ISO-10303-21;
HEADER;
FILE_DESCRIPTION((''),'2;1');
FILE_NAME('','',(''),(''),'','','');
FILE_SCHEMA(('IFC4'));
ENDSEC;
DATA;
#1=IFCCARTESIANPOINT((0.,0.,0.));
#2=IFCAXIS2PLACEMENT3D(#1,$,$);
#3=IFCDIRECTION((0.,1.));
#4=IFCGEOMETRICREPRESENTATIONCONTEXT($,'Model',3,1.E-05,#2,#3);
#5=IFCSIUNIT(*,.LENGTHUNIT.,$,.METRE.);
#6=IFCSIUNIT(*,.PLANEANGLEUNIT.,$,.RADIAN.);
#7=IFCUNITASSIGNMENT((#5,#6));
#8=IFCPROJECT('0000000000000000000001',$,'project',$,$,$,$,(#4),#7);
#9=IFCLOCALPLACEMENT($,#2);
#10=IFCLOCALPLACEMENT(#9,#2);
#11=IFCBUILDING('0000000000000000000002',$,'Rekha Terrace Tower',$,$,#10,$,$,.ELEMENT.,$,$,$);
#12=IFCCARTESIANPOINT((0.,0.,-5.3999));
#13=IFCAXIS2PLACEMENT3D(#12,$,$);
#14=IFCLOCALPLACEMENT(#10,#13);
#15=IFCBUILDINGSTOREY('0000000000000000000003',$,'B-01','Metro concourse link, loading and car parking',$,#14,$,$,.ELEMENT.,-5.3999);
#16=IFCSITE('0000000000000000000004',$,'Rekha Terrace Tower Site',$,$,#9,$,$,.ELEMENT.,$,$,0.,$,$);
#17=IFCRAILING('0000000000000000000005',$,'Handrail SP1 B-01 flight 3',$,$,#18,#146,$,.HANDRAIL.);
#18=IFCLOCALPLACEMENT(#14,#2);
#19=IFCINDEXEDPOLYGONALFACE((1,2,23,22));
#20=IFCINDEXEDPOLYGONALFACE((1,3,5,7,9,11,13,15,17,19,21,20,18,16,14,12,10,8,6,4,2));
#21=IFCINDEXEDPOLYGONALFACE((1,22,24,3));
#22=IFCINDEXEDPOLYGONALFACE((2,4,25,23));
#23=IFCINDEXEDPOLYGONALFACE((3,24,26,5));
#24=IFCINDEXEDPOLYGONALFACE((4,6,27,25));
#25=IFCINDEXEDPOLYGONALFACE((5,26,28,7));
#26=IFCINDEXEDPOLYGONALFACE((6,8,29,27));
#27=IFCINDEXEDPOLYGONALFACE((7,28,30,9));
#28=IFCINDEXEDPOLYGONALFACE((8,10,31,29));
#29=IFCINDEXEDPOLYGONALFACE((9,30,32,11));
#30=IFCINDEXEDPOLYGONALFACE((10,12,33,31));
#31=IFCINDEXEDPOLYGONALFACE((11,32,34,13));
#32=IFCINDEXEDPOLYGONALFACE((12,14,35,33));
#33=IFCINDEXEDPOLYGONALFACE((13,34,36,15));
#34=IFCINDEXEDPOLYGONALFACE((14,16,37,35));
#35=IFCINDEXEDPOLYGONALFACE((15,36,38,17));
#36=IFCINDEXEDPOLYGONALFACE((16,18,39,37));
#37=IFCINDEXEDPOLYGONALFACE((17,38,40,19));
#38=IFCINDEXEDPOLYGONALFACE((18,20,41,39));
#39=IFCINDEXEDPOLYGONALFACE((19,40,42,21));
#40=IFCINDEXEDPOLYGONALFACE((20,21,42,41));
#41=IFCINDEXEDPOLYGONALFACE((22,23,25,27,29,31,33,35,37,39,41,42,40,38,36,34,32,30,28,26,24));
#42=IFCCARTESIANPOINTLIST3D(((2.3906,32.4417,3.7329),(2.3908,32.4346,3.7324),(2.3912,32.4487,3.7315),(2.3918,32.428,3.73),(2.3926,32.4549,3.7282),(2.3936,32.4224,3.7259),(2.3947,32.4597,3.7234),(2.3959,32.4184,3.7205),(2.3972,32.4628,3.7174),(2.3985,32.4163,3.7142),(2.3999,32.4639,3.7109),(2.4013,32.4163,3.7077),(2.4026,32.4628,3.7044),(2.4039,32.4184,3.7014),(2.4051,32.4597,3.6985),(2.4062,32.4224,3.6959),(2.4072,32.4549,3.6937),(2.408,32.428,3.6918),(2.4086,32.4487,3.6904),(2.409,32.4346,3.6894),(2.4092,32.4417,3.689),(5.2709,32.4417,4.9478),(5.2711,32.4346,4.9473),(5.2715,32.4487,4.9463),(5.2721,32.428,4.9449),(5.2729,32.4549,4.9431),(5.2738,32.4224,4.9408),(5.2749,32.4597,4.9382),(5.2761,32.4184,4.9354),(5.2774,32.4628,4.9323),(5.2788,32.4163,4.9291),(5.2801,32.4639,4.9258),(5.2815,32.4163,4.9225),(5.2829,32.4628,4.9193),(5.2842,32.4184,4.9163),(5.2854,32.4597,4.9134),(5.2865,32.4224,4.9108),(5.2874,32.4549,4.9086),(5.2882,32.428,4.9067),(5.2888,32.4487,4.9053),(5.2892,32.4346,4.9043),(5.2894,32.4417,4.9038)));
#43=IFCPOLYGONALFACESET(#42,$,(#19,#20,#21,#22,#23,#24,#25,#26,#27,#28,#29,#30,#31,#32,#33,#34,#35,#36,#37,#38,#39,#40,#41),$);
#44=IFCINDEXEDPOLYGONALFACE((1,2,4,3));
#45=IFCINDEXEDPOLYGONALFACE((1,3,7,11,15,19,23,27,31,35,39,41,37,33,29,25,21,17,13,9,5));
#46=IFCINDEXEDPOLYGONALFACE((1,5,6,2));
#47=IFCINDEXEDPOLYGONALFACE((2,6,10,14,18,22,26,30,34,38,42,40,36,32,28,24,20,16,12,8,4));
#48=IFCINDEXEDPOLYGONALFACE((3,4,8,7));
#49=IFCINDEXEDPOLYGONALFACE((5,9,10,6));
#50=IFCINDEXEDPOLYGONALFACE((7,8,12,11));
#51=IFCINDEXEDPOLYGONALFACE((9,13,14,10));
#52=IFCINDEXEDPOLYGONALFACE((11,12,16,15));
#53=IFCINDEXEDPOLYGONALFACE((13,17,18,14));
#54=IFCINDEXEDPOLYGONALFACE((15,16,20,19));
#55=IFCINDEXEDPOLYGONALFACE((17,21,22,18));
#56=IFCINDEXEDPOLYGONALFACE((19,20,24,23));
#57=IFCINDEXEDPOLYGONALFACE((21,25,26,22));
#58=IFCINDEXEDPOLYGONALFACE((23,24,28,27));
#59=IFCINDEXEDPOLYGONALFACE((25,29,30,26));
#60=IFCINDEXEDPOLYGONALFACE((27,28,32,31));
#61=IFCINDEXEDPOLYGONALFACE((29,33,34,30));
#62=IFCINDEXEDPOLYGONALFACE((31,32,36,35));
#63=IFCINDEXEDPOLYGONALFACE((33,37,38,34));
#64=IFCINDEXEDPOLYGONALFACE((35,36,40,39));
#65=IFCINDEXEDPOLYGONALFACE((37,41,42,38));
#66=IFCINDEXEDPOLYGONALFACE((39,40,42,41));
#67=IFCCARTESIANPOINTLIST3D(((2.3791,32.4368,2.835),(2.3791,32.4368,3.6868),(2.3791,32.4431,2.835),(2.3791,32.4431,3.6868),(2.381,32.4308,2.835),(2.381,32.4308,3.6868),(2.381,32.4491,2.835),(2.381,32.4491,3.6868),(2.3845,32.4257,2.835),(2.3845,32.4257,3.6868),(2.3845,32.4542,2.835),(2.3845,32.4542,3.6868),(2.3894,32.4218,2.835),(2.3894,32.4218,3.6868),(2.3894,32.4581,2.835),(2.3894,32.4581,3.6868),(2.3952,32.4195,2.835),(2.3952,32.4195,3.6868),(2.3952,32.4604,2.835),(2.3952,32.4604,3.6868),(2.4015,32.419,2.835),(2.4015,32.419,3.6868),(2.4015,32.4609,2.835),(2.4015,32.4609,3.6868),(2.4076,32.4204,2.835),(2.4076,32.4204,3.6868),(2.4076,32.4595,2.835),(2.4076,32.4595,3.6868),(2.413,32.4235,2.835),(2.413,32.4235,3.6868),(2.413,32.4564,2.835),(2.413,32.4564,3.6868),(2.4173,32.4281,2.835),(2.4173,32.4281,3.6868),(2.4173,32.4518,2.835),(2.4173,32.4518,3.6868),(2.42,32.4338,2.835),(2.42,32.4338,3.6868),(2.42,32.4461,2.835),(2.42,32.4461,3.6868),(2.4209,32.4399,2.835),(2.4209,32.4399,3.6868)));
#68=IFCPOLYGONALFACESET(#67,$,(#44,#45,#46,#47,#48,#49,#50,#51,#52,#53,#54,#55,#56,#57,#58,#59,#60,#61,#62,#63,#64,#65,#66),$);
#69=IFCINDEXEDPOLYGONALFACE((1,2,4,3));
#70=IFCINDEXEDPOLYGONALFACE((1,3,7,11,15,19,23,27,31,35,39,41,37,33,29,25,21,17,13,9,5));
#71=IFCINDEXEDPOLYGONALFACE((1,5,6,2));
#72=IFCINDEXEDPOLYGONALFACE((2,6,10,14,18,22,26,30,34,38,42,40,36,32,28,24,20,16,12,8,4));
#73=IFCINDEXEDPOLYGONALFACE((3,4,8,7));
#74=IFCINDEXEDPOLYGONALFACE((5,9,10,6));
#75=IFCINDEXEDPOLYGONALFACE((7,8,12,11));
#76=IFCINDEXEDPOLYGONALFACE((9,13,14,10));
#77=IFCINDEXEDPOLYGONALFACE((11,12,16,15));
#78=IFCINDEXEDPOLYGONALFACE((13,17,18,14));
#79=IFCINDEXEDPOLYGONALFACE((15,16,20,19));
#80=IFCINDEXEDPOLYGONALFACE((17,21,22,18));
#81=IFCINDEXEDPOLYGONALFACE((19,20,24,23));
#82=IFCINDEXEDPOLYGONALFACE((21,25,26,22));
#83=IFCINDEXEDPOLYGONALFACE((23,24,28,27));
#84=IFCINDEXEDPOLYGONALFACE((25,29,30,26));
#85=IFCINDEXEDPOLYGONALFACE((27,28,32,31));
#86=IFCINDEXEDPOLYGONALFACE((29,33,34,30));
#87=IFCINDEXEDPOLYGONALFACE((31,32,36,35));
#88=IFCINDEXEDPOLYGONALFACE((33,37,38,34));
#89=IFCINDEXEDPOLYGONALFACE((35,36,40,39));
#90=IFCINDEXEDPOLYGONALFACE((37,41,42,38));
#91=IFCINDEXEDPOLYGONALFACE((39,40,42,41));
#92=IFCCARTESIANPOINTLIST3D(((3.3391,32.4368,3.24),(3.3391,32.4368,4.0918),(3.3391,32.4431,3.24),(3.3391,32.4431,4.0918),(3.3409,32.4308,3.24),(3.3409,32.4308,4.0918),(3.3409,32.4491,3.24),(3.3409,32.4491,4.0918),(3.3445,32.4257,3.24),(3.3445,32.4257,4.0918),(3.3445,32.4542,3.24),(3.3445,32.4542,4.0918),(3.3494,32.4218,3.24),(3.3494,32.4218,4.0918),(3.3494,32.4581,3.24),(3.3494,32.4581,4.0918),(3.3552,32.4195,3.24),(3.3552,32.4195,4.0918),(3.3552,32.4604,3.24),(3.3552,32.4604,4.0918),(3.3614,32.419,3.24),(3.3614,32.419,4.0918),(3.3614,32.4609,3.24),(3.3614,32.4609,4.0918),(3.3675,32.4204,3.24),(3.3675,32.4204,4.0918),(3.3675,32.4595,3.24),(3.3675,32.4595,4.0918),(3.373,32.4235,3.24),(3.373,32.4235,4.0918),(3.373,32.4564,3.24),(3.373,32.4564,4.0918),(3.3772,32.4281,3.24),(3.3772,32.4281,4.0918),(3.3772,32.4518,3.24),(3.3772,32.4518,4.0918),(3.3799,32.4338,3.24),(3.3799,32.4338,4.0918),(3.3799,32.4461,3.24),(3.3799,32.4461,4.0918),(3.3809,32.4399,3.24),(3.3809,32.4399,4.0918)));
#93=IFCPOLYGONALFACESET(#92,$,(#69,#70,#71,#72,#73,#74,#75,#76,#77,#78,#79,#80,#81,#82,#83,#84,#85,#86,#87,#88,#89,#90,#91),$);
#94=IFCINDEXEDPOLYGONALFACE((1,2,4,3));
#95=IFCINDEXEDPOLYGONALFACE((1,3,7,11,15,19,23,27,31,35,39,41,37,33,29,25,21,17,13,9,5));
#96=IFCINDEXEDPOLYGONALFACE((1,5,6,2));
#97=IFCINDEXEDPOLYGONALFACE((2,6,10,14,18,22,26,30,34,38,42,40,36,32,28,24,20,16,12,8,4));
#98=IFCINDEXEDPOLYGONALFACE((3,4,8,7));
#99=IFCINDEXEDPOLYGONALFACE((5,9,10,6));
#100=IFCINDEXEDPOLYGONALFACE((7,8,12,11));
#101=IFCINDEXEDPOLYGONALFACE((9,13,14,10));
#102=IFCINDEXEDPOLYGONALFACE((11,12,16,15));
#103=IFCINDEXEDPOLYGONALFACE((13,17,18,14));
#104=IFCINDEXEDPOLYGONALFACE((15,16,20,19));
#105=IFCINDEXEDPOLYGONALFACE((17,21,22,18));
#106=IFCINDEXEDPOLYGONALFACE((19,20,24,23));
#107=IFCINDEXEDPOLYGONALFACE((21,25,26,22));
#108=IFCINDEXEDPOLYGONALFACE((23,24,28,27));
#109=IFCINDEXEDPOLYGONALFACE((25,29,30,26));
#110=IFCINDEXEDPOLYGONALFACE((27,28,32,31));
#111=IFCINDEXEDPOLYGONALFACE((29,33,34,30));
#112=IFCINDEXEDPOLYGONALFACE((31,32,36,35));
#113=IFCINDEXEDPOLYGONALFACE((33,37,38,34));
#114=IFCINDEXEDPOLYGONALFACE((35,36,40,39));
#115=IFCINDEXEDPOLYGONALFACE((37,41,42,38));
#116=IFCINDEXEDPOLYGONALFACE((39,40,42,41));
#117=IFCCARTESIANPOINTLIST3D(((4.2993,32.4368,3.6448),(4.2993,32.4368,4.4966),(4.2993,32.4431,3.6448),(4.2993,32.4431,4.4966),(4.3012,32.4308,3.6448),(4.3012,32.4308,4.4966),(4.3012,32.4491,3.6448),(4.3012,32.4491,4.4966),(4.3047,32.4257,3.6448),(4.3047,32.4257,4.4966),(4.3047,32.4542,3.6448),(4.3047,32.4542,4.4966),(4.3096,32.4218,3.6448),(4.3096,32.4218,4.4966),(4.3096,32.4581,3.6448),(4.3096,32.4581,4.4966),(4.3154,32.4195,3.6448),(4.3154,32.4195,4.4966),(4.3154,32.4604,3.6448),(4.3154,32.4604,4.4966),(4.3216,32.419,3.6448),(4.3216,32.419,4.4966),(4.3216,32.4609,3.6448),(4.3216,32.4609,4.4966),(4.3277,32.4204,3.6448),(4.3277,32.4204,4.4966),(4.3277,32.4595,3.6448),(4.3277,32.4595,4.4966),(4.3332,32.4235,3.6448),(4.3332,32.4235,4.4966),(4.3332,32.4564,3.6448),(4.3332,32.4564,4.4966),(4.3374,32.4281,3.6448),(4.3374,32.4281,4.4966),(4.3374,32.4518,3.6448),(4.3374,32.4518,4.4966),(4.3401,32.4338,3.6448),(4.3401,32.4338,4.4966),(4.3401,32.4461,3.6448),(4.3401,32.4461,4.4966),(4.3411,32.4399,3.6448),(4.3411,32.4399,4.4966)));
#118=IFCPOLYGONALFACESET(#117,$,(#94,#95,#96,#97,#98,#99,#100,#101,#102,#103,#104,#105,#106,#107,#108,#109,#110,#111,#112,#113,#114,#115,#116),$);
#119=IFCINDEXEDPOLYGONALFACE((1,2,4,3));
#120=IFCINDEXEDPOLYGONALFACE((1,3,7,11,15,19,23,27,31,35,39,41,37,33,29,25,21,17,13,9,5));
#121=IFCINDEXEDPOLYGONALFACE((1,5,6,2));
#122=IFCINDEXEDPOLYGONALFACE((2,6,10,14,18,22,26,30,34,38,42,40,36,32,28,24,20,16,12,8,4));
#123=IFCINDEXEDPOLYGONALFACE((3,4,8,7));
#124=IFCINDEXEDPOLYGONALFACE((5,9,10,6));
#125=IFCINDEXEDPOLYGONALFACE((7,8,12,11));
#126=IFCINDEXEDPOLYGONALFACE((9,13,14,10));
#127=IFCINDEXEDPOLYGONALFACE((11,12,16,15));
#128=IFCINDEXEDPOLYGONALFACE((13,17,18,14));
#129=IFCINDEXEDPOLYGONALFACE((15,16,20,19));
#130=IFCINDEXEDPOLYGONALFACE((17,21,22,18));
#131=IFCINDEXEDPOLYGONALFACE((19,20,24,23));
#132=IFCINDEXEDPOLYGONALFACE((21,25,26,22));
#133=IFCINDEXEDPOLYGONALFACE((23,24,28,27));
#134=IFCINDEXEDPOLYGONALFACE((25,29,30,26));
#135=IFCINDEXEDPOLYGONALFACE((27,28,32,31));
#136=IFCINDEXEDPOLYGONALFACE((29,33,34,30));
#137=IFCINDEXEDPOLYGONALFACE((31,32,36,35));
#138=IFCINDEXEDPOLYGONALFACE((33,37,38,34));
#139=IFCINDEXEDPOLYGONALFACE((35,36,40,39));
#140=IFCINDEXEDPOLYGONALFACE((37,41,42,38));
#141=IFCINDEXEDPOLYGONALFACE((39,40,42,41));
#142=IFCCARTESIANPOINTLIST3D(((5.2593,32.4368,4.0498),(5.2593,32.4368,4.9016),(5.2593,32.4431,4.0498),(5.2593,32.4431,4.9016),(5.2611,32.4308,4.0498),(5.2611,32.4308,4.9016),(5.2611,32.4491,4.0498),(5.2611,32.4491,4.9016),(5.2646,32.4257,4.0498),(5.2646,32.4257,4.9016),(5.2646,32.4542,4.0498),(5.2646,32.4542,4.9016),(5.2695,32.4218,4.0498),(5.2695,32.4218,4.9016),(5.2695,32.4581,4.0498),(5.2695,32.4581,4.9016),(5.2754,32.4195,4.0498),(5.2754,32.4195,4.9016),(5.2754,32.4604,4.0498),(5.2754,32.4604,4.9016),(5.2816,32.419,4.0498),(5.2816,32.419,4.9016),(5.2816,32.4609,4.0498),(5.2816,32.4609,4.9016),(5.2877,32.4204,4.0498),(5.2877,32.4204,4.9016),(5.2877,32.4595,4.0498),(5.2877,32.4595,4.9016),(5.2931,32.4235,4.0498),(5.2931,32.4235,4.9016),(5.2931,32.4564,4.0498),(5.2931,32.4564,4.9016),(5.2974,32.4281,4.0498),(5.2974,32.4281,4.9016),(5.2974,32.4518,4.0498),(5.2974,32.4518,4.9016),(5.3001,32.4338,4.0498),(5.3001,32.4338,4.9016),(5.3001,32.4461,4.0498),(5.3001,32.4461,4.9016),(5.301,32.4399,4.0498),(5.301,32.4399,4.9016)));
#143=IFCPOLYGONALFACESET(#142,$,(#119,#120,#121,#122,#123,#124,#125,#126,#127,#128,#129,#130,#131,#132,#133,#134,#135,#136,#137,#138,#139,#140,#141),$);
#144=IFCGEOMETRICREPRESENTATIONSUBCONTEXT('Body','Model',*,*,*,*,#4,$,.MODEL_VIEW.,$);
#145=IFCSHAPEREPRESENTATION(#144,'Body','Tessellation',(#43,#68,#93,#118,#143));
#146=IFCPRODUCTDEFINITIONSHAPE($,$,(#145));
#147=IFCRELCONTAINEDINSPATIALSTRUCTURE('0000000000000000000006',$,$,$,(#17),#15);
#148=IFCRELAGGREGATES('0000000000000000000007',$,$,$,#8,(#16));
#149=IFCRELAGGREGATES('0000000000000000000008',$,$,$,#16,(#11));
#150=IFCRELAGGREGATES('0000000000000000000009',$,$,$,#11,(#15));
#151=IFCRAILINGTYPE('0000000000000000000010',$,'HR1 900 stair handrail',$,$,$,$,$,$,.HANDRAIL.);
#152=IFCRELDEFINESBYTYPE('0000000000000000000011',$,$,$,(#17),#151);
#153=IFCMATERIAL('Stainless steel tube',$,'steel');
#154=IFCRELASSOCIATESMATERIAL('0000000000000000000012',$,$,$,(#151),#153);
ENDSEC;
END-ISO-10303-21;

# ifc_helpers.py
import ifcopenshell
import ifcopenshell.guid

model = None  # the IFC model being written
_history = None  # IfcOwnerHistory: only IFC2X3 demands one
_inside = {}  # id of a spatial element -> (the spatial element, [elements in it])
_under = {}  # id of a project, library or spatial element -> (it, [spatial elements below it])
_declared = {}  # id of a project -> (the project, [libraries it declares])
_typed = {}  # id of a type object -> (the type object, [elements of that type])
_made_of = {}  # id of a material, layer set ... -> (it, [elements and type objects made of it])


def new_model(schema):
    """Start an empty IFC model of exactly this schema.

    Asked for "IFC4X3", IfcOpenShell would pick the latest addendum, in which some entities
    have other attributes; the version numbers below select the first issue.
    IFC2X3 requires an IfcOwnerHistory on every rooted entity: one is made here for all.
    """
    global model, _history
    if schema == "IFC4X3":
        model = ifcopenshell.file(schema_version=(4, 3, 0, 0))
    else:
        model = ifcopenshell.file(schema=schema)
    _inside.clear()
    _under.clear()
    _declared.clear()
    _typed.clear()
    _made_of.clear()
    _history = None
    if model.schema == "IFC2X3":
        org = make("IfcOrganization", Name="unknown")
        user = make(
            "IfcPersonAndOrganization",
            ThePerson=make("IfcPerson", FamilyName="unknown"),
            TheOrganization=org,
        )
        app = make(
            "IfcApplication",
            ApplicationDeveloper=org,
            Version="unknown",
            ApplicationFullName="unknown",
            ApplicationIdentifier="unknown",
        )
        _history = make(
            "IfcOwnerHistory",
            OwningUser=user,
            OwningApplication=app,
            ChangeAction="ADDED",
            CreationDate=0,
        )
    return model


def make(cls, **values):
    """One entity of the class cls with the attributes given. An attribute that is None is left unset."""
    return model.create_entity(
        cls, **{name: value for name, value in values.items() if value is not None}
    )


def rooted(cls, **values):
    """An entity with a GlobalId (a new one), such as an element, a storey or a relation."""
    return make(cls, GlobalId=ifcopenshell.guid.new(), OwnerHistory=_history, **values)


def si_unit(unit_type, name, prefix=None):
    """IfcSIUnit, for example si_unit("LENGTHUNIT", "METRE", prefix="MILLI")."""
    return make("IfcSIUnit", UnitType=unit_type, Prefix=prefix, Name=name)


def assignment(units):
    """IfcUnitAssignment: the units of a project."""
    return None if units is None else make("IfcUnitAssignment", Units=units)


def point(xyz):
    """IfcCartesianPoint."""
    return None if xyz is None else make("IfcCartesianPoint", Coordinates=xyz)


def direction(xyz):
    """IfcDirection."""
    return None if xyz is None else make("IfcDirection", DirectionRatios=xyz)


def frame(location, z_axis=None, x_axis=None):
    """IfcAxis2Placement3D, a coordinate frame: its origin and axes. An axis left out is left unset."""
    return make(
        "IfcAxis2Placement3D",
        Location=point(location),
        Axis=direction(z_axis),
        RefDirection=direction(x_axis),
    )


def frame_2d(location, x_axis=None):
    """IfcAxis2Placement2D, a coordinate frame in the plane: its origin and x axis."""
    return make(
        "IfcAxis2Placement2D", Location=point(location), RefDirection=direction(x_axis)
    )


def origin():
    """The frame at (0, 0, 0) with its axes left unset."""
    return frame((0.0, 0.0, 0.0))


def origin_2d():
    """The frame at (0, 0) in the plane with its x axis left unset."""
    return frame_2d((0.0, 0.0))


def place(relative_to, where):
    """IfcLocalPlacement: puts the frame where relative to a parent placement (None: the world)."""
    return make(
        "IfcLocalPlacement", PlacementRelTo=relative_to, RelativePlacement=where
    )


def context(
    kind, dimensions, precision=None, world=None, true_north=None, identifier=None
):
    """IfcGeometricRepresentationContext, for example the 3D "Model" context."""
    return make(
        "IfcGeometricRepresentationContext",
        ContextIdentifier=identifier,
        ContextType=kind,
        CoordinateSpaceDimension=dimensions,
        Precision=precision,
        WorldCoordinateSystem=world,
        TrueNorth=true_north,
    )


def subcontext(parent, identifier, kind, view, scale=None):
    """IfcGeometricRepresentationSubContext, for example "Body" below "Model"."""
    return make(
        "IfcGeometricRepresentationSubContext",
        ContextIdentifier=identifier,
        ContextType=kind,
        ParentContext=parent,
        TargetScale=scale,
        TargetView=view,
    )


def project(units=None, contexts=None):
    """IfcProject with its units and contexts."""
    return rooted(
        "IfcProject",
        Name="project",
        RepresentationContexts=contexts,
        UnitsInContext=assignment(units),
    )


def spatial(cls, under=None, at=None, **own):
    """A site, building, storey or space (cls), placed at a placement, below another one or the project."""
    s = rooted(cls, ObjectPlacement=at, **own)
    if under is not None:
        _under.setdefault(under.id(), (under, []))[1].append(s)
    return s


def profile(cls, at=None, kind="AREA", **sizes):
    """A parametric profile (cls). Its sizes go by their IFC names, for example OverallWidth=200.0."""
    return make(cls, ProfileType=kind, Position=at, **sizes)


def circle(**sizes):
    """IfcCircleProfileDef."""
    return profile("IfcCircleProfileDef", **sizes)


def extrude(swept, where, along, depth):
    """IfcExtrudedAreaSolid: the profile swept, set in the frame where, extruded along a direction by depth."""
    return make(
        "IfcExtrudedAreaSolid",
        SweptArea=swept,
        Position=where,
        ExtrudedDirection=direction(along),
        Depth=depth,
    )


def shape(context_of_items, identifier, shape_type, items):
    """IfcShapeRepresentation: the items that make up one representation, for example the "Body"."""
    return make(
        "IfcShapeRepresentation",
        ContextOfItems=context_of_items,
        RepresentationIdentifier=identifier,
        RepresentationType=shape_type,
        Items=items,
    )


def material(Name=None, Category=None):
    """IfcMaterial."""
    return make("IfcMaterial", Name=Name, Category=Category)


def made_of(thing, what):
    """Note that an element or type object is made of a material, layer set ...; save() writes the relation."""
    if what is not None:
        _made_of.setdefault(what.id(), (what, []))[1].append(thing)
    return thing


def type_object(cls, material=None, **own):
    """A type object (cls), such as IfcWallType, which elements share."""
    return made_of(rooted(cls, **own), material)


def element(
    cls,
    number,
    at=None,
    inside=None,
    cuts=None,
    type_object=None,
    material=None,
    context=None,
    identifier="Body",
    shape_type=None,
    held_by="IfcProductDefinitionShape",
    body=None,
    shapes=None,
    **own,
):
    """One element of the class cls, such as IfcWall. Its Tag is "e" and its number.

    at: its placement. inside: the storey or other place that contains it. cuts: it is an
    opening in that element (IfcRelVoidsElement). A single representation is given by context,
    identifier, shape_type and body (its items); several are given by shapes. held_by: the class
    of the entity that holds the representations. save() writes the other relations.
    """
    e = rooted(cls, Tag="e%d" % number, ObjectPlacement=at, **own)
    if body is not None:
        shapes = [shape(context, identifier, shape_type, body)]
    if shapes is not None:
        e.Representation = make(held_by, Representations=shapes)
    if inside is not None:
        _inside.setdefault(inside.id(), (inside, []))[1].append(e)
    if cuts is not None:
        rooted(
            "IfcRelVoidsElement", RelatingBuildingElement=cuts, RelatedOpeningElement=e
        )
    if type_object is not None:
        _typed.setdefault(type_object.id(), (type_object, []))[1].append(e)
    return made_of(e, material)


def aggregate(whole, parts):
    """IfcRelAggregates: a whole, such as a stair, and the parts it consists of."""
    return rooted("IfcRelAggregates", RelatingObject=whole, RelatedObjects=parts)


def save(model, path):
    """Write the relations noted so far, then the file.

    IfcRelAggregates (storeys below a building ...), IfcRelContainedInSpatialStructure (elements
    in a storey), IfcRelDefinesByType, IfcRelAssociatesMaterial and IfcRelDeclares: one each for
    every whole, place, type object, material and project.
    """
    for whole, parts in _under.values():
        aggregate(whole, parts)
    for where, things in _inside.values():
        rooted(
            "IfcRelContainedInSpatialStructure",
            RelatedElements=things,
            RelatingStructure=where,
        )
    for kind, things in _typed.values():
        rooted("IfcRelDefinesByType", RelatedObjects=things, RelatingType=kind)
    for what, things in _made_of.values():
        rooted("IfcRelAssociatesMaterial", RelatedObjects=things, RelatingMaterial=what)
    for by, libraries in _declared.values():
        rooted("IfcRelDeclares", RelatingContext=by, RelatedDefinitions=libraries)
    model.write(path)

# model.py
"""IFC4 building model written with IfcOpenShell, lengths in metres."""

from ifc_helpers import new_model, si_unit, direction, frame, origin, origin_2d, place, context, subcontext, project, spatial, circle, extrude, material, type_object, element, save


model = new_model("IFC4")

# Units and contexts
model_context = context("Model", 3, precision=1e-05, world=origin(), true_north=direction((0.0, 1.0)))
body_context = subcontext(model_context, "Body", "Model", "MODEL_VIEW")
ifc_project = project(units=[si_unit("LENGTHUNIT", "METRE"), si_unit("PLANEANGLEUNIT", "RADIAN")], contexts=[model_context])

# Site, building, storey
site_placement = place(None, origin())
site = spatial("IfcSite", under=ifc_project, at=site_placement, Name="Rekha Terrace Tower Site", CompositionType="ELEMENT", RefElevation=0.0)
building_placement = place(site_placement, origin())
building = spatial("IfcBuilding", under=site, at=building_placement, Name="Rekha Terrace Tower", CompositionType="ELEMENT")
storey_placement = place(building_placement, frame((0.0, 0.0, -5.3999)))
storey = spatial("IfcBuildingStorey", under=building, at=storey_placement, Name="B-01", Description="Metro concourse link, loading and car parking", CompositionType="ELEMENT", Elevation=-5.3999)

# Railing
ifc_material_1 = material(Name="Stainless steel tube", Category="steel")
railing_type_1 = type_object("IfcRailingType", Name="HR1 900 stair handrail", PredefinedType="HANDRAIL", material=ifc_material_1)
railing_1_placement = place(storey_placement, frame((2.3999, 32.4399, 2.835)))
element("IfcRailing", 1, at=railing_1_placement, inside=storey, type_object=railing_type_1, Name="Handrail SP1 B-01 flight 3", PredefinedType="HANDRAIL", context=body_context, shape_type="SweptSolid", body=[
    extrude(circle(Radius=0.0239, at=origin_2d()), frame((0.0, 0.0, 0.876), z_axis=(0.921388, 0.0, 0.388644), x_axis=(0.0, 1.0, 0.0)), (0.0, 0.0, 1.0), 3.126),
    extrude(circle(Radius=0.021, at=origin_2d()), origin(), (0.0, 0.0, 1.0), 0.8518),
    extrude(circle(Radius=0.021, at=origin_2d()), frame((0.96, 0.0, 0.405)), (0.0, 0.0, 1.0), 0.8518),
    extrude(circle(Radius=0.021, at=origin_2d()), frame((1.9202, 0.0, 0.8098)), (0.0, 0.0, 1.0), 0.8518),
    extrude(circle(Radius=0.021, at=origin_2d()), frame((2.8801, 0.0, 1.2148)), (0.0, 0.0, 1.0), 0.8518),
])

save(model, "model.ifc")
